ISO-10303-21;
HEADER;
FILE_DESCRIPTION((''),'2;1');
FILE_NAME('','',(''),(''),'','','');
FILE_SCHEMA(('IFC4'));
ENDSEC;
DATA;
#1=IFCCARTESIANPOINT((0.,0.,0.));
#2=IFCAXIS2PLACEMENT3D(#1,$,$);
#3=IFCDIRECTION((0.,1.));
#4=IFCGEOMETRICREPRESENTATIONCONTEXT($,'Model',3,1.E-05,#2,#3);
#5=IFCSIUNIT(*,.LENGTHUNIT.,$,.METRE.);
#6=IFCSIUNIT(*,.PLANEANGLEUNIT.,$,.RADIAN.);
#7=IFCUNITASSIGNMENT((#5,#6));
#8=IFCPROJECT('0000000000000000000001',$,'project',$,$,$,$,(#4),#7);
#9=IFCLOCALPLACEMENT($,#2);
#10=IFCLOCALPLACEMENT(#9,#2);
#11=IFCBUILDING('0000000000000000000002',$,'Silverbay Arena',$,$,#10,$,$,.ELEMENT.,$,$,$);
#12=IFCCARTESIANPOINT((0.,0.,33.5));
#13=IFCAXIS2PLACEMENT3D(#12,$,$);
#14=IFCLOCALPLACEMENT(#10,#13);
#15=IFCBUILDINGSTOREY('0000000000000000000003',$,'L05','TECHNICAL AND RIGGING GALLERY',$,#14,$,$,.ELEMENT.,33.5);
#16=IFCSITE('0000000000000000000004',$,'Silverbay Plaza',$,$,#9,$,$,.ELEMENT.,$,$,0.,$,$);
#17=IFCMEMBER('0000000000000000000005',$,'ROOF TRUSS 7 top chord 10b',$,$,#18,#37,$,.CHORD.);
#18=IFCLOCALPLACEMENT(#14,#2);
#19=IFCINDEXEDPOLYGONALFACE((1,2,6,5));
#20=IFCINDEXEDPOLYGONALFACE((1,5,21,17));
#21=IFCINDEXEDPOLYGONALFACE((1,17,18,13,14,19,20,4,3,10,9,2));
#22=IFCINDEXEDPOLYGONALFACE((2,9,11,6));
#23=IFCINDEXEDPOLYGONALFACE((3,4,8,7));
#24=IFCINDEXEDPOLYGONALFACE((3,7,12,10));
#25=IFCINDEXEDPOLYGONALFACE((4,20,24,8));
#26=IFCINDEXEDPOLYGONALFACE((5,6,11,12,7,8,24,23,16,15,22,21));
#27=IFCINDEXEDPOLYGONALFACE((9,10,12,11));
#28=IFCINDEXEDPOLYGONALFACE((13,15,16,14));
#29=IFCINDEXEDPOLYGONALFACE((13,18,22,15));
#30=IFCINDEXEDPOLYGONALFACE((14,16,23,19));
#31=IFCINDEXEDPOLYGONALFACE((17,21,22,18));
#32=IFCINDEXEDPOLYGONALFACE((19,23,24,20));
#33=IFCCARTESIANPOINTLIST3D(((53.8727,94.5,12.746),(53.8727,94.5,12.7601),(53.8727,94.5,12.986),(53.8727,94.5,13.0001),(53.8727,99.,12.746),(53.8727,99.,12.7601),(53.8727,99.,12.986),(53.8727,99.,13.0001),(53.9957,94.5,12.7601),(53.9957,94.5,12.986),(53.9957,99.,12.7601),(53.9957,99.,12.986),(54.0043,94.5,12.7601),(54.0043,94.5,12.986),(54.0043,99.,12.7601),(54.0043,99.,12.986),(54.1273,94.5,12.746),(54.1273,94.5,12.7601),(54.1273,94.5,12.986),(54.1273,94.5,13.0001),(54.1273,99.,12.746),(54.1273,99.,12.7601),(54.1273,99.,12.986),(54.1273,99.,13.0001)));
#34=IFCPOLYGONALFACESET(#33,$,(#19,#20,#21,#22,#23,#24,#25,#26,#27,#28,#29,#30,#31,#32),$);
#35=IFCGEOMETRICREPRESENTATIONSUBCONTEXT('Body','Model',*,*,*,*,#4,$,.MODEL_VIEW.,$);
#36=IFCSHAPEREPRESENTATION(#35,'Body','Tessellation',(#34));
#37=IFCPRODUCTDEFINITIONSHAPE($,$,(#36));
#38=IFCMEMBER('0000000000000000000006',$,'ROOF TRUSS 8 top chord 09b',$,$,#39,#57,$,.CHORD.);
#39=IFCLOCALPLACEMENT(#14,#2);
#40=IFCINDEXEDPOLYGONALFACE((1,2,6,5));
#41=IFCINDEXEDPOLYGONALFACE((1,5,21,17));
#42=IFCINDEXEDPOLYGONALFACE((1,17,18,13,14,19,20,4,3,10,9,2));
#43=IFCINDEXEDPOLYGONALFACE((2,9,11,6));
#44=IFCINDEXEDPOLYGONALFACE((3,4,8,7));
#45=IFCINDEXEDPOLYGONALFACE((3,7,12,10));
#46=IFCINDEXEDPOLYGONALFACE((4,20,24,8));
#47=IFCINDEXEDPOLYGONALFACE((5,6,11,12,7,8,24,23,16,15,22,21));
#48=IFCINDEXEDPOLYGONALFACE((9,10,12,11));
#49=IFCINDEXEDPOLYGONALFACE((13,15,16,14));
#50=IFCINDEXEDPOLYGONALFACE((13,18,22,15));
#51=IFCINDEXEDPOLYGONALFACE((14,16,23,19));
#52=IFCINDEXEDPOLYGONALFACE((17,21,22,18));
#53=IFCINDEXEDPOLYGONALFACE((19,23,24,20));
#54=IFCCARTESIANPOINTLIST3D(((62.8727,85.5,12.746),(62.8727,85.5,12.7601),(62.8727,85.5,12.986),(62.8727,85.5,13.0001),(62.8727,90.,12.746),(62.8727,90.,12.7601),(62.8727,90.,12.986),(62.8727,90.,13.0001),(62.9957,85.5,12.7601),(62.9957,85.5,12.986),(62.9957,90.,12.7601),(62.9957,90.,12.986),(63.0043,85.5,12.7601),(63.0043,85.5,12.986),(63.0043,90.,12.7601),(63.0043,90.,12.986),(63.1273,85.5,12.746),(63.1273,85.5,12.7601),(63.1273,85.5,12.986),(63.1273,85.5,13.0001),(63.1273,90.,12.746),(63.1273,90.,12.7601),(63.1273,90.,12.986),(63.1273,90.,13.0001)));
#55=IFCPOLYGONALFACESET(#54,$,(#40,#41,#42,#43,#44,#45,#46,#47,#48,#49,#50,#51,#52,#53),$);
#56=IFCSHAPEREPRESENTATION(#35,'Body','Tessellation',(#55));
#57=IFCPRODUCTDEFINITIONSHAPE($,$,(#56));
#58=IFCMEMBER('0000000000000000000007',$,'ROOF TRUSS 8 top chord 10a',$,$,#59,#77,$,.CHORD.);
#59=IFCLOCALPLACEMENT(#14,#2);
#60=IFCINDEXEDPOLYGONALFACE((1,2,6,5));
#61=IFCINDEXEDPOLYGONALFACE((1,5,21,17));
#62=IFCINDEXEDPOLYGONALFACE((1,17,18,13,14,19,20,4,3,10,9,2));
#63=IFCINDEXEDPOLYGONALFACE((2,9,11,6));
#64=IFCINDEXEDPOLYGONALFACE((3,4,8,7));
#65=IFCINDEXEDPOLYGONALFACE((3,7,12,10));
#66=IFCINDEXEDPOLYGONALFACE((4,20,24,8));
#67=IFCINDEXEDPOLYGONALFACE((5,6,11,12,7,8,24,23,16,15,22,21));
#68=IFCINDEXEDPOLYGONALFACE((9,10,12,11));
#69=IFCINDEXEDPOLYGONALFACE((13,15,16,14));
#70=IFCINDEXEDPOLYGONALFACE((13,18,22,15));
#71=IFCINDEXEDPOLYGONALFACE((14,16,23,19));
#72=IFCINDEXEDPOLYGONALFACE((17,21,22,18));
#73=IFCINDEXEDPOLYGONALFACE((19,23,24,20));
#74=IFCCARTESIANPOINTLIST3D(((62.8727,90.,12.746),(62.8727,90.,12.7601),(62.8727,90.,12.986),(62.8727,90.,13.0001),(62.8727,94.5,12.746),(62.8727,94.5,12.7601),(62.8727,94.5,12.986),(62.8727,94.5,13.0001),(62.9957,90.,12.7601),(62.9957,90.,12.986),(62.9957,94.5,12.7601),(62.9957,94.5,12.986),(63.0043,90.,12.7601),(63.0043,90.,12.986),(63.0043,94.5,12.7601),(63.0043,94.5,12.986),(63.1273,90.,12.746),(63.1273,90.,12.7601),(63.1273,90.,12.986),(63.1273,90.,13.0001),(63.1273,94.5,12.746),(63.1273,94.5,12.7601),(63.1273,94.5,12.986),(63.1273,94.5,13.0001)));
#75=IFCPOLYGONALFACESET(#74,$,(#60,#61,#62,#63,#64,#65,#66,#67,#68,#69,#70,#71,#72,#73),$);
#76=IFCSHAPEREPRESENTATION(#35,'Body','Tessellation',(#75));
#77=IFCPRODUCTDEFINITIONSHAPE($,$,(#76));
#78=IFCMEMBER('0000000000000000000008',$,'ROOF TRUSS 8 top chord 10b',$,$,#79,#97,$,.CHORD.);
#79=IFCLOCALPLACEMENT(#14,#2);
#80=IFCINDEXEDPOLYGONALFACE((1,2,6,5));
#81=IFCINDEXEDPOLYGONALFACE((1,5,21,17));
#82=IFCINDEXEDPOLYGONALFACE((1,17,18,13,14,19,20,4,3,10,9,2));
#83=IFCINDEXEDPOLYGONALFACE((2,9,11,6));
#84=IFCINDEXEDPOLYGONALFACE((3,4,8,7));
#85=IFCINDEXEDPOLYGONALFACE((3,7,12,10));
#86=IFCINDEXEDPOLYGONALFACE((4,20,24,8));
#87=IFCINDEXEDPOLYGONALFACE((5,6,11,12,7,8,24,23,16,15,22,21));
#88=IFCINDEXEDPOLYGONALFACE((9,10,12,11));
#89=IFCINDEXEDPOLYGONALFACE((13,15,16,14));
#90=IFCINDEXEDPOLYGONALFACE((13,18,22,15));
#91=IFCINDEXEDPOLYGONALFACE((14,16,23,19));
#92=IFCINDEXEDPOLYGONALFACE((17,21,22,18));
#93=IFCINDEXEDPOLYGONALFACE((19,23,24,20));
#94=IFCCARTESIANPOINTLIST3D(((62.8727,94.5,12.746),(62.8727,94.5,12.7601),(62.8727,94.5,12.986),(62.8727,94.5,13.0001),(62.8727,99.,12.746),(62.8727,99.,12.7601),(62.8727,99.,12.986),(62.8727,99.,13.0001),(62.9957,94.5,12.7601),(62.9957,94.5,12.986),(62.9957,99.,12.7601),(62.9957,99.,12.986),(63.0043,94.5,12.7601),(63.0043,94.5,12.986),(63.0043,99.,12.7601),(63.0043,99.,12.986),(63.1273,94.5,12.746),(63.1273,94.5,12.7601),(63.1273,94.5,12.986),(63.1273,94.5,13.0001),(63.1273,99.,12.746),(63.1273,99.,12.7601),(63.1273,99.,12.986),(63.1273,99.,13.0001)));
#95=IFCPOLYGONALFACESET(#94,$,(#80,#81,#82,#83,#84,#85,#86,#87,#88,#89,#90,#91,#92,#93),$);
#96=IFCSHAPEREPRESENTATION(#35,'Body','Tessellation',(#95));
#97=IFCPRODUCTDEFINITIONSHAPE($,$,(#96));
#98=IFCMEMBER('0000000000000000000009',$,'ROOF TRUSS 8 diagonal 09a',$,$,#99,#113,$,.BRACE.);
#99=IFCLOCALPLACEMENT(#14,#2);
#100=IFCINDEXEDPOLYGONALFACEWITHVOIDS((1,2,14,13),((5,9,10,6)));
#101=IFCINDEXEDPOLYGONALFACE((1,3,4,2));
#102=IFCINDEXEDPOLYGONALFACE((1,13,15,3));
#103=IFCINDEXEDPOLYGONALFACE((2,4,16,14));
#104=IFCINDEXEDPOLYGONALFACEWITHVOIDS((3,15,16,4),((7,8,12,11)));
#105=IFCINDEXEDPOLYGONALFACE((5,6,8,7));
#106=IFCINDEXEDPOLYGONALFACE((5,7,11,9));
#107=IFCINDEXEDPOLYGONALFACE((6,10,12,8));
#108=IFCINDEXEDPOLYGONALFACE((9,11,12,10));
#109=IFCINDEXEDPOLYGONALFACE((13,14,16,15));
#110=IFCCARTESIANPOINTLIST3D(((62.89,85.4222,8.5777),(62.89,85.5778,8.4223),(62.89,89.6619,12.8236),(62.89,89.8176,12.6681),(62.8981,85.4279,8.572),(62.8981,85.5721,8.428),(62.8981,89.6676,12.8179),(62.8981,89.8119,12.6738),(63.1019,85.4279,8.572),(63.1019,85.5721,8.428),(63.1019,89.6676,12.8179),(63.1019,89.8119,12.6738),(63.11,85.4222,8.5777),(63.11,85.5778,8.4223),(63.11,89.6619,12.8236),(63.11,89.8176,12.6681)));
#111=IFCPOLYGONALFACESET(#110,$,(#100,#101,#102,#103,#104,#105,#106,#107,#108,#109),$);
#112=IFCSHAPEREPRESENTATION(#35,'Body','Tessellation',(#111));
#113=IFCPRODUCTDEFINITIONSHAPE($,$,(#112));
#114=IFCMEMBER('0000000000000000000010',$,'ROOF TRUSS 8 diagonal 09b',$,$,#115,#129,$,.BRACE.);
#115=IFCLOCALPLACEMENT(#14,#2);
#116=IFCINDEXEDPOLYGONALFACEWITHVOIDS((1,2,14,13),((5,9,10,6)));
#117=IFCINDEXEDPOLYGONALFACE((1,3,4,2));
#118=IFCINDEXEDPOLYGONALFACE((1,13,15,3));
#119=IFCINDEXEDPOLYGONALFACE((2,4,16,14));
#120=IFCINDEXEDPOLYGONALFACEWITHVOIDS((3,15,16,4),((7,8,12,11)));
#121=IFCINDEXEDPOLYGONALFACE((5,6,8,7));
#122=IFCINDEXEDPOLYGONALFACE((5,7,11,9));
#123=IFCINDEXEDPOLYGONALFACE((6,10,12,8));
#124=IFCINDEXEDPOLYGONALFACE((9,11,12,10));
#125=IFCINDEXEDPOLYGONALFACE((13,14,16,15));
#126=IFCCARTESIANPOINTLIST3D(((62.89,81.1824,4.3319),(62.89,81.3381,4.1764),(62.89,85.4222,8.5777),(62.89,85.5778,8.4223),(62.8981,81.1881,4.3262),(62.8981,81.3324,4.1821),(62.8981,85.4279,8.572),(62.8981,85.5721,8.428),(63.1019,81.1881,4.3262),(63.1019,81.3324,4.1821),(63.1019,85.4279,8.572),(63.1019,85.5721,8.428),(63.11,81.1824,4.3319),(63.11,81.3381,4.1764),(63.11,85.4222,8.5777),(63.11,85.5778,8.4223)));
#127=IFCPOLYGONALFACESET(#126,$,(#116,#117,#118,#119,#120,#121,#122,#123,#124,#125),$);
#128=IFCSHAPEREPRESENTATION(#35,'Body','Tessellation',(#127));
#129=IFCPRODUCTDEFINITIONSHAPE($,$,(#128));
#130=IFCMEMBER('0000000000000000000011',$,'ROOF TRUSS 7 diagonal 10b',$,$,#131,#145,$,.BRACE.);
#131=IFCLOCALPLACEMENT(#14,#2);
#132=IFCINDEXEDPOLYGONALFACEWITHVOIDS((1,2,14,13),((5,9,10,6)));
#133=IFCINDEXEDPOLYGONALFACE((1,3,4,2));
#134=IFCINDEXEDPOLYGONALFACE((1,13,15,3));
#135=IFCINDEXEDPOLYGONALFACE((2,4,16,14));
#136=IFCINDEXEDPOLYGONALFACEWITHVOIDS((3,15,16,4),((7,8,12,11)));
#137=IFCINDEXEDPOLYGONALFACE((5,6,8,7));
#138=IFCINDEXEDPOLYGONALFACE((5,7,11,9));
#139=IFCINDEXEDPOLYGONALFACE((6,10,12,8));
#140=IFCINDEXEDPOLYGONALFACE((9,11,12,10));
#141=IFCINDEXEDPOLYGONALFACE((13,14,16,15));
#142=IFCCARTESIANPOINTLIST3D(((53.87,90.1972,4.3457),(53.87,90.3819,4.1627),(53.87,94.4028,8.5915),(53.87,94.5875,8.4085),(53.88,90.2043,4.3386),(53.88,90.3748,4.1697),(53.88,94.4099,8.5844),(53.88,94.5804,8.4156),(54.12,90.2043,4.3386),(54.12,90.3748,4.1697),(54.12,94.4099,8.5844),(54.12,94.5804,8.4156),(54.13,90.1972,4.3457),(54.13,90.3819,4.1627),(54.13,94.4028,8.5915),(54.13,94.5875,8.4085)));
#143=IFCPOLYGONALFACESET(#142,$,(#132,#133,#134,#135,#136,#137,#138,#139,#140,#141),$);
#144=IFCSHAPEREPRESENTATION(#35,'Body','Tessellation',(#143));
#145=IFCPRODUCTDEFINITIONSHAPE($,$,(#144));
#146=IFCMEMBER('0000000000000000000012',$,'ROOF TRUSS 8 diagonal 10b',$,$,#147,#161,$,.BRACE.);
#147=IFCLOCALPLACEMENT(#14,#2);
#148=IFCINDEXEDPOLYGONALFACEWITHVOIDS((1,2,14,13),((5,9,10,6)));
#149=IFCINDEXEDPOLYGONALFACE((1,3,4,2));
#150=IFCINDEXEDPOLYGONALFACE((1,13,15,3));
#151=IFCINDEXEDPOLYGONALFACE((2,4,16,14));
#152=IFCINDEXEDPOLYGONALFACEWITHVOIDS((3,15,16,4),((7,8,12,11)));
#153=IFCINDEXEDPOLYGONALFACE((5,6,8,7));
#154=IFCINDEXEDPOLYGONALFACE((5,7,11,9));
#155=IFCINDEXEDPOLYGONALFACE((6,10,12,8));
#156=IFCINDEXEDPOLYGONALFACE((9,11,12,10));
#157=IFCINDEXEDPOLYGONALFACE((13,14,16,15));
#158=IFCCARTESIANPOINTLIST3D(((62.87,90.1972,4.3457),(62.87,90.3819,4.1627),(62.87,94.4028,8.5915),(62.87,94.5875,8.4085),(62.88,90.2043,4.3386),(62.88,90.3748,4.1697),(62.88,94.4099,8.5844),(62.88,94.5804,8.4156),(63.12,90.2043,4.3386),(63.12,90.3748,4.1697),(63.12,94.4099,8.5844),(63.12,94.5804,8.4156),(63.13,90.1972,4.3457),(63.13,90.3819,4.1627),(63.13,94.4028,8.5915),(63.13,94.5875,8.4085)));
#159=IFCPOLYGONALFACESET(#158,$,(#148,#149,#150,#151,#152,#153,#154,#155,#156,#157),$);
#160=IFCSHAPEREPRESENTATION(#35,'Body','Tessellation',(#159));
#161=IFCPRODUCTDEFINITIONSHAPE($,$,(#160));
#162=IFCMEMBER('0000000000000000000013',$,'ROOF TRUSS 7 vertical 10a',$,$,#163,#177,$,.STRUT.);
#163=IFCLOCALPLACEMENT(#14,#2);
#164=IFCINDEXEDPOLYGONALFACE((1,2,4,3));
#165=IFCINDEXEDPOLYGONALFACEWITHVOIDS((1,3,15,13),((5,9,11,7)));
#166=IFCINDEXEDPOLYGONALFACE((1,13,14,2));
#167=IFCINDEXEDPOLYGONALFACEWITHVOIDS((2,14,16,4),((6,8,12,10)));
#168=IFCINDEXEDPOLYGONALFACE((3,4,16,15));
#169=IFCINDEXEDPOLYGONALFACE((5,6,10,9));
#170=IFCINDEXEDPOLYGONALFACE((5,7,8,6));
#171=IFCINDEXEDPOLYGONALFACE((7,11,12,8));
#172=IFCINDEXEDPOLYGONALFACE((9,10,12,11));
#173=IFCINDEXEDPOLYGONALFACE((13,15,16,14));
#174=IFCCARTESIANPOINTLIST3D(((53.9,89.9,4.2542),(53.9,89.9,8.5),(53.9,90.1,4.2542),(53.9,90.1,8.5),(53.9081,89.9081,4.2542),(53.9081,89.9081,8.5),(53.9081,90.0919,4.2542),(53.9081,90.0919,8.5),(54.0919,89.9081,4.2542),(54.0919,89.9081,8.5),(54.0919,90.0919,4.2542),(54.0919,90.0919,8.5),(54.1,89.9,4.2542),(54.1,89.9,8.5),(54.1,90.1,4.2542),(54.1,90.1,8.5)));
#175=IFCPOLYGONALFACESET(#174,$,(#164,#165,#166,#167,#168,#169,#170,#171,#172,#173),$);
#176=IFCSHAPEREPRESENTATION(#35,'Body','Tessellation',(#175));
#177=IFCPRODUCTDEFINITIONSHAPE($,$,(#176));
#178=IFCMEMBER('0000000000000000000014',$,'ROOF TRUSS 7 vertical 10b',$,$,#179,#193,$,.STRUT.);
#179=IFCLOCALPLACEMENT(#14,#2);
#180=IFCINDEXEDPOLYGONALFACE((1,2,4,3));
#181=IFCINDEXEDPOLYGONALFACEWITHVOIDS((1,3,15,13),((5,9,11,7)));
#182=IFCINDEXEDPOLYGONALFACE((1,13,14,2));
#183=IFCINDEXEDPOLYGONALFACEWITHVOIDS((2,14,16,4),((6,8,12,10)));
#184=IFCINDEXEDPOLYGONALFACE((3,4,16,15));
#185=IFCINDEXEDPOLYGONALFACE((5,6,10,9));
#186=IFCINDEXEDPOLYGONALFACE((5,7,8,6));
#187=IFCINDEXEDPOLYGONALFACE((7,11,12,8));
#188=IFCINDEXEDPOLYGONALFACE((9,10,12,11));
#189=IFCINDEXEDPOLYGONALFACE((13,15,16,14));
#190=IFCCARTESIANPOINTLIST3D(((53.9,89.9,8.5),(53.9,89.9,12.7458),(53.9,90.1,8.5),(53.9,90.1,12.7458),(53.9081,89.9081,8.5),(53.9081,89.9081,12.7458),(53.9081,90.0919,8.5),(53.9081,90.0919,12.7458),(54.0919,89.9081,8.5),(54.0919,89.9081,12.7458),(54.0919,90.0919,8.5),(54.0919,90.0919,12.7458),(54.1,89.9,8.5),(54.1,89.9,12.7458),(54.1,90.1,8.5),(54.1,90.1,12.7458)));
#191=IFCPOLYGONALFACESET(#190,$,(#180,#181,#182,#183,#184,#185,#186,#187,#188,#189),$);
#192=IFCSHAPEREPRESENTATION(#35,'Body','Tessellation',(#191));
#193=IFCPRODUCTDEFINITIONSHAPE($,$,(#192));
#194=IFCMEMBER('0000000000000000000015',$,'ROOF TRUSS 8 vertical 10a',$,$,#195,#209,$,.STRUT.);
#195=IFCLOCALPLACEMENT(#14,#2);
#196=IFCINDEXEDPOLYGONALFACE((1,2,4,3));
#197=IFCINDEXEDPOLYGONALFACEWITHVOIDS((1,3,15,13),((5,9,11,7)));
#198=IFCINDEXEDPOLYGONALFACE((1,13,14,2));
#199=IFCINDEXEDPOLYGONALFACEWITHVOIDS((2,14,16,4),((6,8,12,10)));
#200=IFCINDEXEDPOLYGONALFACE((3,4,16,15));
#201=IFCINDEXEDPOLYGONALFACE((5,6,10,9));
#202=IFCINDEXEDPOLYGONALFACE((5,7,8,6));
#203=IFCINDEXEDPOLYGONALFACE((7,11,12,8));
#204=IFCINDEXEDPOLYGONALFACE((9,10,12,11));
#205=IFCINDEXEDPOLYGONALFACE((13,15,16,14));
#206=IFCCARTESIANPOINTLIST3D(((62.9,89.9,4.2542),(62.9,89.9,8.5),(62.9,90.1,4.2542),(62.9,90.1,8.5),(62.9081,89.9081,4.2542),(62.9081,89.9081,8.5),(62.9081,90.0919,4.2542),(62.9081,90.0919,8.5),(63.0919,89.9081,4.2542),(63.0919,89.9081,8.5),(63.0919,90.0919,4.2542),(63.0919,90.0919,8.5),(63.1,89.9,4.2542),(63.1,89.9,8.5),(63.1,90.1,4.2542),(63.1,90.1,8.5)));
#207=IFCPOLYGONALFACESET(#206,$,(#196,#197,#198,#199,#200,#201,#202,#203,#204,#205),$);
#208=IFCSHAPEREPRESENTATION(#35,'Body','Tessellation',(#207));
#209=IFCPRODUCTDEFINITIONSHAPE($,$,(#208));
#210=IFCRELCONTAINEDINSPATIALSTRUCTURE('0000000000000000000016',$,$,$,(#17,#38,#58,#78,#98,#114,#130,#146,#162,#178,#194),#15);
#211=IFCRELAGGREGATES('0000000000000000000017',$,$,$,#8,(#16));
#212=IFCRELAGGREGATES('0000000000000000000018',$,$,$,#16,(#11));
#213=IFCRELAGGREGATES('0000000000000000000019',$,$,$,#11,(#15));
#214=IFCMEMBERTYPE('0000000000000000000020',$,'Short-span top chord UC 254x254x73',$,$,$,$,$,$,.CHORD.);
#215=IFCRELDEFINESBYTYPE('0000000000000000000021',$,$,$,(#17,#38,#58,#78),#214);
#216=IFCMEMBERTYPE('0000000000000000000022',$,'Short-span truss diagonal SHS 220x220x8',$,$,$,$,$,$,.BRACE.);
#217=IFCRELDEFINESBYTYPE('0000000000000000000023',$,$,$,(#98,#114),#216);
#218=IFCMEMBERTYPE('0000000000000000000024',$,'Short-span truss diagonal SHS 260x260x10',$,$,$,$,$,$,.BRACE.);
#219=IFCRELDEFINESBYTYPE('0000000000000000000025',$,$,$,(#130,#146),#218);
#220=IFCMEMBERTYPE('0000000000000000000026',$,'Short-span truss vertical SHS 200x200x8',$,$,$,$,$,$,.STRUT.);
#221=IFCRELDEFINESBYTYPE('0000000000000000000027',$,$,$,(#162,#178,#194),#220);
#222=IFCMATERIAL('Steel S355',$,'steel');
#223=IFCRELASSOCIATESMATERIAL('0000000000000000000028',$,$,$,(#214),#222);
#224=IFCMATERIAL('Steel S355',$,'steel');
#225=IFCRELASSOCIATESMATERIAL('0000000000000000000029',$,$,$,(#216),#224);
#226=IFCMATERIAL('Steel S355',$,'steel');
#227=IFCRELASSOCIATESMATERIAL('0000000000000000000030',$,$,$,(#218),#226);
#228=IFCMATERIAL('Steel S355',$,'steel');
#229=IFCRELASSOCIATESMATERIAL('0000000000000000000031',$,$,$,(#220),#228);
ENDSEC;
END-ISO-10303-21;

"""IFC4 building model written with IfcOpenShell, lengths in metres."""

from ifc_helpers import new_model, si_unit, direction, frame, origin, origin_2d, place, context, subcontext, project, spatial, hollow_rectangle, i_section, extrude, material, material_profile, profile_set, type_object, element, save


model = new_model("IFC4")

# Units and contexts
model_context = context("Model", 3, precision=1e-05, world=origin(), true_north=direction((0.0, 1.0)))
body_context = subcontext(model_context, "Body", "Model", "MODEL_VIEW")
ifc_project = project(units=[si_unit("LENGTHUNIT", "METRE"), si_unit("PLANEANGLEUNIT", "RADIAN")], contexts=[model_context])

# Site, building, storey
site_placement = place(None, origin())
site = spatial("IfcSite", under=ifc_project, at=site_placement, Name="Silverbay Plaza", CompositionType="ELEMENT", RefElevation=0.0)
building_placement = place(site_placement, origin())
building = spatial("IfcBuilding", under=site, at=building_placement, Name="Silverbay Arena", CompositionType="ELEMENT")
storey_placement = place(building_placement, frame((0.0, 0.0, 33.5)))
storey = spatial("IfcBuildingStorey", under=building, at=storey_placement, Name="L05", Description="TECHNICAL AND RIGGING GALLERY", CompositionType="ELEMENT", Elevation=33.5)

# Members
ifc_material_1 = material(Name="Steel S355", Category="steel")
ifc_material_profile_1 = material_profile(ifc_material_1, i_section(OverallWidth=0.2546, OverallDepth=0.2542, WebThickness=0.0085, FlangeThickness=0.0142, at=origin_2d()), Name="UC 254x254x73")
ifc_profile_set_1 = profile_set([ifc_material_profile_1], Name="Steel S355")
member_type_1 = type_object("IfcMemberType", Name="Short-span top chord UC 254x254x73", PredefinedType="CHORD", material=ifc_profile_set_1)
for number, where, z_axis, x_axis, name in (
    (1, (54.0, 94.5, 12.873), (0.0, 1.0, 0.0), (-1.0, 0.0, 0.0), "ROOF TRUSS 7 top chord 10b"),
    (2, (63.0, 85.5, 12.873), (0.0, 1.0, 0.0), (-1.0, 0.0, 0.0), "ROOF TRUSS 8 top chord 09b"),
    (3, (63.0, 90.0, 12.873), (0.0, 1.0, 0.0), (-1.0, 0.0, 0.0), "ROOF TRUSS 8 top chord 10a"),
    (4, (63.0, 94.5, 12.873), (0.0, 1.0, 0.0), (-1.0, 0.0, 0.0), "ROOF TRUSS 8 top chord 10b"),
):
    element("IfcMember", number, at=place(storey_placement, frame(where, z_axis=z_axis, x_axis=x_axis)), inside=storey, type_object=member_type_1, Name=name, PredefinedType="CHORD", context=body_context, shape_type="SweptSolid", body=[
        extrude(i_section(OverallWidth=0.2546, OverallDepth=0.2542, WebThickness=0.0085, FlangeThickness=0.0142, at=origin_2d()), origin(), (0.0, 0.0, 1.0), 4.5),
    ])
ifc_material_2 = material(Name="Steel S355", Category="steel")
ifc_material_profile_2 = material_profile(ifc_material_2, hollow_rectangle(XDim=0.22, YDim=0.22, WallThickness=0.0081, at=origin_2d()), Name="SHS 220x220x8")
ifc_profile_set_2 = profile_set([ifc_material_profile_2], Name="Steel S355")
member_type_2 = type_object("IfcMemberType", Name="Short-span truss diagonal SHS 220x220x8", PredefinedType="BRACE", material=ifc_profile_set_2)
for number, where, z_axis, x_axis, name in (
    (5, (63.0, 89.7397, 12.7458), (0.0, -0.706598, -0.707615), (1.0, 0.0, 0.0), "ROOF TRUSS 8 diagonal 09a"),
    (6, (63.0, 85.5, 8.5), (0.0, -0.706598, -0.707615), (1.0, 0.0, 0.0), "ROOF TRUSS 8 diagonal 09b"),
):
    element("IfcMember", number, at=place(storey_placement, frame(where, z_axis=z_axis, x_axis=x_axis)), inside=storey, type_object=member_type_2, Name=name, PredefinedType="BRACE", context=body_context, shape_type="SweptSolid", body=[
        extrude(hollow_rectangle(XDim=0.22, YDim=0.22, WallThickness=0.0081, at=origin_2d()), origin(), (0.0, 0.0, 1.0), 6.0002),
    ])
ifc_material_3 = material(Name="Steel S355", Category="steel")
ifc_material_profile_3 = material_profile(ifc_material_3, hollow_rectangle(XDim=0.26, YDim=0.26, WallThickness=0.01, at=origin_2d()), Name="SHS 260x260x10")
ifc_profile_set_3 = profile_set([ifc_material_profile_3], Name="Steel S355")
member_type_3 = type_object("IfcMemberType", Name="Short-span truss diagonal SHS 260x260x10", PredefinedType="BRACE", material=ifc_profile_set_3)
for number, where, z_axis, x_axis, name in (
    (7, (54.0, 94.4951, 8.5), (0.0, -0.703728, -0.710469), (1.0, 0.0, 0.0), "ROOF TRUSS 7 diagonal 10b"),
    (8, (63.0, 94.4951, 8.5), (0.0, -0.703728, -0.710469), (1.0, 0.0, 0.0), "ROOF TRUSS 8 diagonal 10b"),
):
    element("IfcMember", number, at=place(storey_placement, frame(where, z_axis=z_axis, x_axis=x_axis)), inside=storey, type_object=member_type_3, Name=name, PredefinedType="BRACE", context=body_context, shape_type="SweptSolid", body=[
        extrude(hollow_rectangle(XDim=0.26, YDim=0.26, WallThickness=0.01, at=origin_2d()), origin(), (0.0, 0.0, 1.0), 5.9761),
    ])
ifc_material_4 = material(Name="Steel S355", Category="steel")
ifc_material_profile_4 = material_profile(ifc_material_4, hollow_rectangle(XDim=0.2, YDim=0.2, WallThickness=0.0081, at=origin_2d()), Name="SHS 200x200x8")
ifc_profile_set_4 = profile_set([ifc_material_profile_4], Name="Steel S355")
member_type_4 = type_object("IfcMemberType", Name="Short-span truss vertical SHS 200x200x8", PredefinedType="STRUT", material=ifc_profile_set_4)
for number, where, z_axis, x_axis, name in (
    (9, (54.0, 90.0, 4.2542), (0.0, 0.0, 1.0), (1.0, 0.0, 0.0), "ROOF TRUSS 7 vertical 10a"),
    (10, (54.0, 90.0, 8.5), (0.0, 0.0, 1.0), (1.0, 0.0, 0.0), "ROOF TRUSS 7 vertical 10b"),
    (11, (63.0, 90.0, 4.2542), (0.0, 0.0, 1.0), (1.0, 0.0, 0.0), "ROOF TRUSS 8 vertical 10a"),
):
    element("IfcMember", number, at=place(storey_placement, frame(where, z_axis=z_axis, x_axis=x_axis)), inside=storey, type_object=member_type_4, Name=name, PredefinedType="STRUT", context=body_context, shape_type="SweptSolid", body=[
        extrude(hollow_rectangle(XDim=0.2, YDim=0.2, WallThickness=0.0081, at=origin_2d()), origin(), (0.0, 0.0, 1.0), 4.2458),
    ])

save(model, "model.ifc")
